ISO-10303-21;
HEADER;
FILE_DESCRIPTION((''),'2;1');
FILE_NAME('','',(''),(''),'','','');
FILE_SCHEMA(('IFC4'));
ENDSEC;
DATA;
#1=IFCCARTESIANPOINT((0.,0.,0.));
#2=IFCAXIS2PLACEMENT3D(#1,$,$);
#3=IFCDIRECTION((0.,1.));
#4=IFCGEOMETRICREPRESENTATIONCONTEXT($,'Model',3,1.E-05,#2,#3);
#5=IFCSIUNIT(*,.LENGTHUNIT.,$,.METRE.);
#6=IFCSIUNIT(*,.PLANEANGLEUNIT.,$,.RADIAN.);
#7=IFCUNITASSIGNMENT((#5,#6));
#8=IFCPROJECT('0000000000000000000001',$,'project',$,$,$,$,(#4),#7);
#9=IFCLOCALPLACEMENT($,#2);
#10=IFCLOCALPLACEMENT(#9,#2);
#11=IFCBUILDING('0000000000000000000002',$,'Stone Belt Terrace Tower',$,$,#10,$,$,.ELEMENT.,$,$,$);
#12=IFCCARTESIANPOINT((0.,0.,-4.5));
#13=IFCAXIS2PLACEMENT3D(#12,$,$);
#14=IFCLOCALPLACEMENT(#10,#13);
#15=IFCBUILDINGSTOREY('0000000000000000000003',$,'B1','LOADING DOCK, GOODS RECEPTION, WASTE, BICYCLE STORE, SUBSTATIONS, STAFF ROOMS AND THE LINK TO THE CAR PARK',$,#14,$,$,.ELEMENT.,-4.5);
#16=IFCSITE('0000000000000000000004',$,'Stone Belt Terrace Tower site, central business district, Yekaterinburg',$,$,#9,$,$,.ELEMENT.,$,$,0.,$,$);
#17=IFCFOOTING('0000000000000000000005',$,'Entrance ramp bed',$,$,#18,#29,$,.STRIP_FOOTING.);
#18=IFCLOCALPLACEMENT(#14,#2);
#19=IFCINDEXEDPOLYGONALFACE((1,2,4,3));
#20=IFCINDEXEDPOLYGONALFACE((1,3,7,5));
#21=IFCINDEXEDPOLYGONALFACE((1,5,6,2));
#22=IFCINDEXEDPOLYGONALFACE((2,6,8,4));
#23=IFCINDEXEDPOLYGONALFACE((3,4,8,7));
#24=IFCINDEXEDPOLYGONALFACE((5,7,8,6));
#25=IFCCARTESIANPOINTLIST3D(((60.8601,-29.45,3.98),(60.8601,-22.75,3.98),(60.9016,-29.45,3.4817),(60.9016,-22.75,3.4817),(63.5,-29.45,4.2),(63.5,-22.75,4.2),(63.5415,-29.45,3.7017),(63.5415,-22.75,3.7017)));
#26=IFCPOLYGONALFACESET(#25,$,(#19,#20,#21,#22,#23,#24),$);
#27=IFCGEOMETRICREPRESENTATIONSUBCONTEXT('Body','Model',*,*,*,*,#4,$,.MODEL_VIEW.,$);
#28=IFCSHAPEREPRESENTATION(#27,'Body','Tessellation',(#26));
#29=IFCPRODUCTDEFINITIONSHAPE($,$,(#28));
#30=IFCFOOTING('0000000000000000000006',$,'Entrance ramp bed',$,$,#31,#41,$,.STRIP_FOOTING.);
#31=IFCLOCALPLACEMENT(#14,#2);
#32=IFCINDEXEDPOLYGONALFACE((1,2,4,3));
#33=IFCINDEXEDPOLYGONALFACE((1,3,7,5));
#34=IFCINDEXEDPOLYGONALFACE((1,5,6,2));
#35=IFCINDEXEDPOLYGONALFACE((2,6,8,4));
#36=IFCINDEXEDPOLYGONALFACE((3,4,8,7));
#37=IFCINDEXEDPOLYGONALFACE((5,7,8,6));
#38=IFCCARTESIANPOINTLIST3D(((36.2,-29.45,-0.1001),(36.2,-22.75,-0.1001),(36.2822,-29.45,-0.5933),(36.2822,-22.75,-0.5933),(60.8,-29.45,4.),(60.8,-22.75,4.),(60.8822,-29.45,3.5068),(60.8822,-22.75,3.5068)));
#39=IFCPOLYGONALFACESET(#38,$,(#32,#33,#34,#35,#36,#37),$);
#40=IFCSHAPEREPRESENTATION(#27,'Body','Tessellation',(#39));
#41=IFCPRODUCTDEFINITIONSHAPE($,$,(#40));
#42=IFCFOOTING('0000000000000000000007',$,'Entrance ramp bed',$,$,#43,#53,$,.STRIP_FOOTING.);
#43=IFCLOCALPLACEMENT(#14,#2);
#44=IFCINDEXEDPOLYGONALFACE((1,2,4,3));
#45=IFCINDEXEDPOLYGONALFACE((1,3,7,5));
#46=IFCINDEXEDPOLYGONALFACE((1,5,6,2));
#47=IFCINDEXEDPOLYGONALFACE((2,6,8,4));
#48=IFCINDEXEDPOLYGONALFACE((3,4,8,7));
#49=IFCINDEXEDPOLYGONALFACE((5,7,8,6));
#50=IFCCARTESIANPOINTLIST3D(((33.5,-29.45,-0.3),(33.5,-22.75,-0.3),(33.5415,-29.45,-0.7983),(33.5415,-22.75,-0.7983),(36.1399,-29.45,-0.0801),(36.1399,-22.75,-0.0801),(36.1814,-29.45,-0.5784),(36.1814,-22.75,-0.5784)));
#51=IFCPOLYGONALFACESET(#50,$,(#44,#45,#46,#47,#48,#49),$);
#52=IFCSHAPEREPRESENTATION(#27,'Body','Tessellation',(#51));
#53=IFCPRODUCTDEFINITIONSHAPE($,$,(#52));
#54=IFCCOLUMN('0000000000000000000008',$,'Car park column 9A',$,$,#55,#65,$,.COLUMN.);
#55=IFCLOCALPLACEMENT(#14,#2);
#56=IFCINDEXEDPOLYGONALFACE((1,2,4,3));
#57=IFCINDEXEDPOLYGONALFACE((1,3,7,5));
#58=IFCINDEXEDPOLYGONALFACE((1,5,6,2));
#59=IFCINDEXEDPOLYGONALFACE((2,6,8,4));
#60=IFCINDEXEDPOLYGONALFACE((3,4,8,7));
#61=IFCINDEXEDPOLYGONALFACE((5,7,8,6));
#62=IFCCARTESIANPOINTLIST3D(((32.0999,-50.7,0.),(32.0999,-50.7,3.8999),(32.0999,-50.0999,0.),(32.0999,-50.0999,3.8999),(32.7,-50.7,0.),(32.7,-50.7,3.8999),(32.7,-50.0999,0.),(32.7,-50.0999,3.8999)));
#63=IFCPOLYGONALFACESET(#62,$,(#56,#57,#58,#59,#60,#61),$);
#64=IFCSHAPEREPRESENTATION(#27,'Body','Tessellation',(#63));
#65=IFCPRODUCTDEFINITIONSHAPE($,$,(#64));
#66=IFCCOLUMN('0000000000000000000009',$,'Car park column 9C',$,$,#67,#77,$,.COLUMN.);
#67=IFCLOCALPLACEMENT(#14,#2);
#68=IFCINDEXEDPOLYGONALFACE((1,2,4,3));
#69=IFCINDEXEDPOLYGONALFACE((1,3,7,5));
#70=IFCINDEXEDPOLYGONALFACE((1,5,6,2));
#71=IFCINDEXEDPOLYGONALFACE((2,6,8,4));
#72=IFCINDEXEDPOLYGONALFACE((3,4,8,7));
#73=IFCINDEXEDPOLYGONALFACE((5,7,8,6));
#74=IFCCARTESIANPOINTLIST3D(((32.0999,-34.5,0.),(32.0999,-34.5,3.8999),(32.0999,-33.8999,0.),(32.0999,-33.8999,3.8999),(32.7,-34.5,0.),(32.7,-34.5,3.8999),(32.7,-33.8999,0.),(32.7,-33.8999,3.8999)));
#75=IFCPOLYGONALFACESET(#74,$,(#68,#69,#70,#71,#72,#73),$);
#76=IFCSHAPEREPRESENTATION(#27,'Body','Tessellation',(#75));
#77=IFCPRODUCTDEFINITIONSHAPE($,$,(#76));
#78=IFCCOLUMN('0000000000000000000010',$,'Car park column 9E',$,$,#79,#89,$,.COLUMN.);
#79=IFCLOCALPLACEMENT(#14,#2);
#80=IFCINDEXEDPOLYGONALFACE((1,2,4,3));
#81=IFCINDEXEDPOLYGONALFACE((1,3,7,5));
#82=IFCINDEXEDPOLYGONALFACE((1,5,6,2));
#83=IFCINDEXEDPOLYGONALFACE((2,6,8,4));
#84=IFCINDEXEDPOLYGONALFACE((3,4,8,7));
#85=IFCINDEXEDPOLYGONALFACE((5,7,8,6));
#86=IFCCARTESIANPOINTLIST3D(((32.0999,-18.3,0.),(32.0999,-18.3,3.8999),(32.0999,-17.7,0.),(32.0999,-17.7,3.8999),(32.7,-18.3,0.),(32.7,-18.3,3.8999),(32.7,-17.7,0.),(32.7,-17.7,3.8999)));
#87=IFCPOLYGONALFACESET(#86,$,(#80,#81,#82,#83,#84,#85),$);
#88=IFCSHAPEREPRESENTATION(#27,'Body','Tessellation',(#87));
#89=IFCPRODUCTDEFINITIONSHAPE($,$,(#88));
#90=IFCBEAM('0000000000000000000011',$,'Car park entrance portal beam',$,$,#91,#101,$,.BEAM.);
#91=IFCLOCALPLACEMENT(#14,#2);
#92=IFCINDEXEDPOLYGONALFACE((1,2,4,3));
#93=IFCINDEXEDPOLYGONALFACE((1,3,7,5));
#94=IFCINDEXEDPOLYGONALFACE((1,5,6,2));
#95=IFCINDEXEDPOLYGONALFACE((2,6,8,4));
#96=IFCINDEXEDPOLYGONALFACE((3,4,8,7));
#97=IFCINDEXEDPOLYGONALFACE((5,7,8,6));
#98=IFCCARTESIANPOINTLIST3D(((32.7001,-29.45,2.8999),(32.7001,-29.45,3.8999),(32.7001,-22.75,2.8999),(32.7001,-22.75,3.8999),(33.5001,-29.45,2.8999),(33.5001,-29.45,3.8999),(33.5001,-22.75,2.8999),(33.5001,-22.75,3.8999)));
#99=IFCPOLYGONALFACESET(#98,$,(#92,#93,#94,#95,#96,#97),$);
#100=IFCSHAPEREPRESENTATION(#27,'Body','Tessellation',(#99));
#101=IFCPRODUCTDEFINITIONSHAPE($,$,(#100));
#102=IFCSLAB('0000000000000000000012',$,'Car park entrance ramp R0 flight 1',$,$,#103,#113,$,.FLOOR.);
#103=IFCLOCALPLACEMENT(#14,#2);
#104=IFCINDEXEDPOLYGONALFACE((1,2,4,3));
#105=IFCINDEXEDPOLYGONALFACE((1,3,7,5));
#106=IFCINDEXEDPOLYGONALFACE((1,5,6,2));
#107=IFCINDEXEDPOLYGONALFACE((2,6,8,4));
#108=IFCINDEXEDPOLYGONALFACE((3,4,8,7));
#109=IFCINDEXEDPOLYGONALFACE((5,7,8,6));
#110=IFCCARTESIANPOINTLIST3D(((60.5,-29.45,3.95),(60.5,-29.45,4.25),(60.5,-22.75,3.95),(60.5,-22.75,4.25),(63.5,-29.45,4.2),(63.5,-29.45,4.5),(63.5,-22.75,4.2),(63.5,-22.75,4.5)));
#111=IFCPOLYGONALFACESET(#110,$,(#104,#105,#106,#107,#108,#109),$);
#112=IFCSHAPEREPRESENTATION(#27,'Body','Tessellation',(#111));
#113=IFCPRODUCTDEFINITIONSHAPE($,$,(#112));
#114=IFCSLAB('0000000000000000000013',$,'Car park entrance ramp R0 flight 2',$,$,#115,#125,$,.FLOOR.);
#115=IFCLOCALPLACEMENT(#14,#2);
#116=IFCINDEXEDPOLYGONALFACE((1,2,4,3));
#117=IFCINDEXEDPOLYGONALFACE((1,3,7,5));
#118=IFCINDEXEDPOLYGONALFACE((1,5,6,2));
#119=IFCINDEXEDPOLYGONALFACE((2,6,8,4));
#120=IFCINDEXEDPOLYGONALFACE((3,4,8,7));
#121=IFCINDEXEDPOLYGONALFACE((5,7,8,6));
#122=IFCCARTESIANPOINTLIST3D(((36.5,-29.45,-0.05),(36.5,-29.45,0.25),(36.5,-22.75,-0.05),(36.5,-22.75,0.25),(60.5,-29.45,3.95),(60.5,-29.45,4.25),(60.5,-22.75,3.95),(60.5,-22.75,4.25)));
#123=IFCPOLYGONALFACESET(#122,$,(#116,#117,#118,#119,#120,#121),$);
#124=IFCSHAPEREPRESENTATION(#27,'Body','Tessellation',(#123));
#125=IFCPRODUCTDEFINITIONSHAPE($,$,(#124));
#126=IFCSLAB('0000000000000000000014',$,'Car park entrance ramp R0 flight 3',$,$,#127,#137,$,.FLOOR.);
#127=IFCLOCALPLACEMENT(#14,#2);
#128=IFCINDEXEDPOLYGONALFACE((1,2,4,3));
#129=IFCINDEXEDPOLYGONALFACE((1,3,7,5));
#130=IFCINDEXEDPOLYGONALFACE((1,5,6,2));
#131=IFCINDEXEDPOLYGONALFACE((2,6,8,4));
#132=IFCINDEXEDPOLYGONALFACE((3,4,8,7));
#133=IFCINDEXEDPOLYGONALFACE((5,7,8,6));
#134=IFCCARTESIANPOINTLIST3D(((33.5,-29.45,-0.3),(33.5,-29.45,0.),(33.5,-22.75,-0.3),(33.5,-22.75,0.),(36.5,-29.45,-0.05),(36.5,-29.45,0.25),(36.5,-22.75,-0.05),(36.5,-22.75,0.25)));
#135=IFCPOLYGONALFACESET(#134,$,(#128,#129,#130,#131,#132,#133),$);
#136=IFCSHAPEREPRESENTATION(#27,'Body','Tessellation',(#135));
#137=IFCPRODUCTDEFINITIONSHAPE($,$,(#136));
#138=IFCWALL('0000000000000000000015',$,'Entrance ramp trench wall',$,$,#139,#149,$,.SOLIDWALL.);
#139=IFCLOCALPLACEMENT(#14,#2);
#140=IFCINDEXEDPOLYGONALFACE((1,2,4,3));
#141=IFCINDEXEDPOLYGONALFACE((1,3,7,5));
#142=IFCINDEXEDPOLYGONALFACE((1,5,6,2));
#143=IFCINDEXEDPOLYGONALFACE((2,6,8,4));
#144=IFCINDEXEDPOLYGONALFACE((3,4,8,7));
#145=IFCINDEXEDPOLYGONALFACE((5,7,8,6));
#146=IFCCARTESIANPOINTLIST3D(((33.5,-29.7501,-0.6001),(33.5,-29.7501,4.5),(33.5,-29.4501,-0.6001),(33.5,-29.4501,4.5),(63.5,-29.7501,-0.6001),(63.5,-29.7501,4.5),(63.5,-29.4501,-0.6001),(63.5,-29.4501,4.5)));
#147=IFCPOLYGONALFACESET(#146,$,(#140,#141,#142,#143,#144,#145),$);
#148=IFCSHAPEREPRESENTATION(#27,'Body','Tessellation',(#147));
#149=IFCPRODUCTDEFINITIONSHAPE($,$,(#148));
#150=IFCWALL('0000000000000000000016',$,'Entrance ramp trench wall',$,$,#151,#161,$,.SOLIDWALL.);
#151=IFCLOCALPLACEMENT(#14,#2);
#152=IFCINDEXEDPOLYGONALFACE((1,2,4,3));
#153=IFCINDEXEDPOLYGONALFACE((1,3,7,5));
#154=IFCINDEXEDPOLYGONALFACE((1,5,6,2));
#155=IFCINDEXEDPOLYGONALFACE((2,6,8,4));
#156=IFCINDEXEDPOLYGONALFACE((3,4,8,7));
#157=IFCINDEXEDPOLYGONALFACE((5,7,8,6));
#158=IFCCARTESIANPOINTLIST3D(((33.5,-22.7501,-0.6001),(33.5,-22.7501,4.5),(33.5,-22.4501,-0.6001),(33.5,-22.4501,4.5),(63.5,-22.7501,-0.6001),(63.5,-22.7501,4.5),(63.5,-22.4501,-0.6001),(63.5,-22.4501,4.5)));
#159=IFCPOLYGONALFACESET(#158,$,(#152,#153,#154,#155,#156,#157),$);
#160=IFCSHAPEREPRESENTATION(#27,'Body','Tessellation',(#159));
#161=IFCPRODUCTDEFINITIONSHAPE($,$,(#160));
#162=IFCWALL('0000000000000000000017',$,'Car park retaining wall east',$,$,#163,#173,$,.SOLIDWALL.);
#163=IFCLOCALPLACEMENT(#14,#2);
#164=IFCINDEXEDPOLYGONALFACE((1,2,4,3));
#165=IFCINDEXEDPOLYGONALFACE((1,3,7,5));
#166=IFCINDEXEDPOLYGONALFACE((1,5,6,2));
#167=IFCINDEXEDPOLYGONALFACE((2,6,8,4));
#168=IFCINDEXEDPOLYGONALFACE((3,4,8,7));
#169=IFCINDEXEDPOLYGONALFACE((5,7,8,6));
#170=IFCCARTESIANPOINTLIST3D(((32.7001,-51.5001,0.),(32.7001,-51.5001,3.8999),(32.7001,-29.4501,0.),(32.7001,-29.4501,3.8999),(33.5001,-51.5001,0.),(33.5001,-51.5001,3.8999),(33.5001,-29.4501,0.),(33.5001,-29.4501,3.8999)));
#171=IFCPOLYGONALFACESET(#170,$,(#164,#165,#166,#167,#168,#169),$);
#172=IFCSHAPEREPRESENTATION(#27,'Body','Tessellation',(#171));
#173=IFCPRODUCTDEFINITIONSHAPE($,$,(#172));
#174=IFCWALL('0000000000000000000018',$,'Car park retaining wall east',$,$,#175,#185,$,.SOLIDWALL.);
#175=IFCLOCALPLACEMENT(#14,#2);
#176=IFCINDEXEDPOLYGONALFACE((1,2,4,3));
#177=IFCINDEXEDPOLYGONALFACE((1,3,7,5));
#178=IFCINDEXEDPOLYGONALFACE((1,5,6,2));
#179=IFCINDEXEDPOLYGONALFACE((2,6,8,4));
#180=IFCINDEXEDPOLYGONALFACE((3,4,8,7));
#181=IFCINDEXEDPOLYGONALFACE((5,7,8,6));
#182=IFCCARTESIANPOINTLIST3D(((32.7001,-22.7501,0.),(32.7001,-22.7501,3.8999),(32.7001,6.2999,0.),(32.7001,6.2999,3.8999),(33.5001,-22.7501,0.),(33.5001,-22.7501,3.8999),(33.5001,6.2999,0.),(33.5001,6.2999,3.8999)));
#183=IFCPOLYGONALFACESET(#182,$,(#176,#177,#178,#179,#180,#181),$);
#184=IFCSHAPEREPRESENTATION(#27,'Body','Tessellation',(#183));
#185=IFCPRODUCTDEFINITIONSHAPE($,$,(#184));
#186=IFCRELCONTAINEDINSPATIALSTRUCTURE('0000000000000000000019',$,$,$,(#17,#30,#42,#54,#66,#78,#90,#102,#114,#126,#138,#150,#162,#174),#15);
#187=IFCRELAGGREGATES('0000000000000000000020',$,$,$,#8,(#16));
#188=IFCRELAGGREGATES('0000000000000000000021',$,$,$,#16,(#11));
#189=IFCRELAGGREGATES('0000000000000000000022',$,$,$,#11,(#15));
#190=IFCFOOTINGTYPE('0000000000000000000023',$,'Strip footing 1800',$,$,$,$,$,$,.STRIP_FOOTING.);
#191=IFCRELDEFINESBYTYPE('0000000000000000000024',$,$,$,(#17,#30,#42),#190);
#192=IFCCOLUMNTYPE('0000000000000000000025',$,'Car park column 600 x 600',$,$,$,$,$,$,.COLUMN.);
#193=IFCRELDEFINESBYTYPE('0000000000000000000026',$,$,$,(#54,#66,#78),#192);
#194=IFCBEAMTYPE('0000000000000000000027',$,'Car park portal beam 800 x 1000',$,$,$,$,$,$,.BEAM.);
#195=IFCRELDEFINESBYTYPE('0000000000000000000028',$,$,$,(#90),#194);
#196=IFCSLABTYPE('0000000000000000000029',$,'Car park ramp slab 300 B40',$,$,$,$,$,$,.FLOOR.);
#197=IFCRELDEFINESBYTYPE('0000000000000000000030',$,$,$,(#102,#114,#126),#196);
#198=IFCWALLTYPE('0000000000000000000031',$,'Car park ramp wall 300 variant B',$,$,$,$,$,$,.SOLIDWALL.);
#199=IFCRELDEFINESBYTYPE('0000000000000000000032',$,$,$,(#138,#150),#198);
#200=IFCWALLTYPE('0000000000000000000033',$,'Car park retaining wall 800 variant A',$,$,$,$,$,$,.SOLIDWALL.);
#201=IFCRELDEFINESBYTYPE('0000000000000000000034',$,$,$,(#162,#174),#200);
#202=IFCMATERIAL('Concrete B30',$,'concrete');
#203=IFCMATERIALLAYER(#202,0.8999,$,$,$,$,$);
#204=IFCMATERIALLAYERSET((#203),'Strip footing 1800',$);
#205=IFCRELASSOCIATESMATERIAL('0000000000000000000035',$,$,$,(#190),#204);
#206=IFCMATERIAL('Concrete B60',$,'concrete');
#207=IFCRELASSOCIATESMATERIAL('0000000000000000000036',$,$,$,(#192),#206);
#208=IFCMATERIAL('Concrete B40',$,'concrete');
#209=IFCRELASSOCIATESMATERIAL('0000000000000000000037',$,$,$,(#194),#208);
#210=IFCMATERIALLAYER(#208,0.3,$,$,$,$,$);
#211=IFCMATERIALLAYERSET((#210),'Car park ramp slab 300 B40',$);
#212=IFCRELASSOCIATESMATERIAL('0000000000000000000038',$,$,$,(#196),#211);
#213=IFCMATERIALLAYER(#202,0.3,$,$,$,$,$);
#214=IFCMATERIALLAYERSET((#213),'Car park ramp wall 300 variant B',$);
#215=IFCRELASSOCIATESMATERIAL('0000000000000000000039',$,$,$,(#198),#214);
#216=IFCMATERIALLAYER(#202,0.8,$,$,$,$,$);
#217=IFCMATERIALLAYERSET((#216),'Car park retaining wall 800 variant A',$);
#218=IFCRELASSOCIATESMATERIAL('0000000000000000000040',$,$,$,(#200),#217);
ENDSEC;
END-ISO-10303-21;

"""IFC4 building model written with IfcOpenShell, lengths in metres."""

from ifc_helpers import new_model, si_unit, direction, frame, frame_2d, origin, origin_2d, place, context, subcontext, project, spatial, polyline, rectangle, outline, extrude, material, layer, layer_set, material_profile, profile_set, type_object, element, save


model = new_model("IFC4")

# Units and contexts
model_context = context("Model", 3, precision=1e-05, world=origin(), true_north=direction((0.0, 1.0)))
body_context = subcontext(model_context, "Body", "Model", "MODEL_VIEW")
ifc_project = project(units=[si_unit("LENGTHUNIT", "METRE"), si_unit("PLANEANGLEUNIT", "RADIAN")], contexts=[model_context])

# Site, building, storey
site_placement = place(None, origin())
site = spatial("IfcSite", under=ifc_project, at=site_placement, Name="Stone Belt Terrace Tower site, central business district, Yekaterinburg", CompositionType="ELEMENT", RefElevation=0.0)
building_placement = place(site_placement, origin())
building = spatial("IfcBuilding", under=site, at=building_placement, Name="Stone Belt Terrace Tower", CompositionType="ELEMENT")
storey_placement = place(building_placement, frame((0.0, 0.0, -4.5)))
storey = spatial("IfcBuildingStorey", under=building, at=storey_placement, Name="B1", Description="LOADING DOCK, GOODS RECEPTION, WASTE, BICYCLE STORE, SUBSTATIONS, STAFF ROOMS AND THE LINK TO THE CAR PARK", CompositionType="ELEMENT", Elevation=-4.5)

# Footings
ifc_material_1 = material(Name="Concrete B30", Category="concrete")
ifc_layer_1 = layer(ifc_material_1, 0.8999)
ifc_layer_set_1 = layer_set([ifc_layer_1], Name="Strip footing 1800")
footing_type = type_object("IfcFootingType", Name="Strip footing 1800", PredefinedType="STRIP_FOOTING", material=ifc_layer_set_1)
footing_1_placement = place(storey_placement, frame((63.5, -29.45, 4.2), z_axis=(-0.083038, 0.0, 0.996546), x_axis=(-0.996546, 0.0, -0.083038)))
element("IfcFooting", 1, at=footing_1_placement, inside=storey, type_object=footing_type, Name="Entrance ramp bed", PredefinedType="STRIP_FOOTING", context=body_context, shape_type="SweptSolid", body=[
    extrude(outline(polyline([(0.0, 0.0), (2.649, 0.0), (2.649, -6.7), (0.0, -6.7), (0.0, 0.0)])), origin(), (0.0, 0.0, -1.0), 0.5),
])
footing_2_placement = place(storey_placement, frame((60.8, -29.45, 4.0), z_axis=(-0.164402, 0.0, 0.986393), x_axis=(-0.986393, 0.0, -0.164402)))
element("IfcFooting", 2, at=footing_2_placement, inside=storey, type_object=footing_type, Name="Entrance ramp bed", PredefinedType="STRIP_FOOTING", context=body_context, shape_type="SweptSolid", body=[
    extrude(outline(polyline([(0.0, 0.0), (24.9394, 0.0), (24.9394, -6.7), (0.0, -6.7), (0.0, 0.0)])), origin(), (0.0, 0.0, -1.0), 0.5),
])
footing_3_placement = place(storey_placement, frame((36.1399, -29.45, -0.0801), z_axis=(-0.083038, 0.0, 0.996546), x_axis=(-0.996546, 0.0, -0.083038)))
element("IfcFooting", 3, at=footing_3_placement, inside=storey, type_object=footing_type, Name="Entrance ramp bed", PredefinedType="STRIP_FOOTING", context=body_context, shape_type="SweptSolid", body=[
    extrude(outline(polyline([(0.0, 0.0), (2.649, 0.0), (2.649, -6.7), (0.0, -6.7), (0.0, 0.0)])), origin(), (0.0, 0.0, -1.0), 0.5),
])

# Columns
ifc_material_2 = material(Name="Concrete B60", Category="concrete")
ifc_material_profile_1 = material_profile(ifc_material_2, rectangle(XDim=0.6001, YDim=0.6001, at=origin_2d()), Name="Car park column 600 x 600")
ifc_profile_set_1 = profile_set([ifc_material_profile_1], Name="Concrete B60")
column_type = type_object("IfcColumnType", Name="Car park column 600 x 600", PredefinedType="COLUMN", material=ifc_profile_set_1)
for number, where, z_axis, x_axis, name in (
    (4, (32.3999, -50.3999, 0.0), (0.0, 0.0, 1.0), (1.0, 0.0, 0.0), "Car park column 9A"),
    (5, (32.3999, -34.2, 0.0), (0.0, 0.0, 1.0), (1.0, 0.0, 0.0), "Car park column 9C"),
    (6, (32.3999, -18.0, 0.0), (0.0, 0.0, 1.0), (1.0, 0.0, 0.0), "Car park column 9E"),
):
    element("IfcColumn", number, at=place(storey_placement, frame(where, z_axis=z_axis, x_axis=x_axis)), inside=storey, type_object=column_type, Name=name, PredefinedType="COLUMN", context=body_context, shape_type="SweptSolid", body=[
        extrude(rectangle(XDim=0.6001, YDim=0.6001, at=origin_2d()), origin(), (0.0, 0.0, 1.0), 3.8999),
    ])

# Beam
ifc_material_3 = material(Name="Concrete B40", Category="concrete")
ifc_material_profile_2 = material_profile(ifc_material_3, rectangle(XDim=0.8, YDim=1.0, at=origin_2d()), Name="Car park portal beam 800 x 1000")
ifc_profile_set_2 = profile_set([ifc_material_profile_2], Name="Concrete B40")
beam_type = type_object("IfcBeamType", Name="Car park portal beam 800 x 1000", PredefinedType="BEAM", material=ifc_profile_set_2)
beam_placement = place(storey_placement, frame((33.1001, -29.45, 3.3999), z_axis=(0.0, 1.0, 0.0), x_axis=(-1.0, 0.0, 0.0)))
element("IfcBeam", 7, at=beam_placement, inside=storey, type_object=beam_type, Name="Car park entrance portal beam", PredefinedType="BEAM", context=body_context, shape_type="SweptSolid", body=[
    extrude(rectangle(XDim=0.8, YDim=1.0, at=origin_2d()), origin(), (0.0, 0.0, 1.0), 6.7),
])

# Slabs
ifc_layer_2 = layer(ifc_material_3, 0.3)
ifc_layer_set_2 = layer_set([ifc_layer_2], Name="Car park ramp slab 300 B40")
slab_type = type_object("IfcSlabType", Name="Car park ramp slab 300 B40", PredefinedType="FLOOR", material=ifc_layer_set_2)
slab_1_placement = place(storey_placement, frame((63.5, -29.45, 4.5), z_axis=(0.0, -1.0, 0.0), x_axis=(-0.996546, 0.0, -0.083045)))
element("IfcSlab", 8, at=slab_1_placement, inside=storey, type_object=slab_type, Name="Car park entrance ramp R0 flight 1", PredefinedType="FLOOR", context=body_context, shape_type="SweptSolid", body=[
    extrude(outline(polyline([(0.0, 0.0), (3.0104, 0.0), (3.0353, 0.299), (0.0249, 0.299), (0.0, 0.0)])), origin(), (0.0, 0.0, -1.0), 6.7),
])
slab_2_placement = place(storey_placement, frame((60.5, -29.45, 4.25), z_axis=(0.0, -1.0, 0.0), x_axis=(-0.986394, 0.0, -0.164399)))
element("IfcSlab", 9, at=slab_2_placement, inside=storey, type_object=slab_type, Name="Car park entrance ramp R0 flight 2", PredefinedType="FLOOR", context=body_context, shape_type="SweptSolid", body=[
    extrude(outline(polyline([(0.0, 0.0), (24.3311, 0.0), (24.3804, 0.296), (0.0493, 0.296), (0.0, 0.0)])), origin(), (0.0, 0.0, -1.0), 6.7),
])
slab_3_placement = place(storey_placement, frame((36.5, -29.45, 0.25), z_axis=(0.0, -1.0, 0.0), x_axis=(-0.996546, 0.0, -0.083045)))
element("IfcSlab", 10, at=slab_3_placement, inside=storey, type_object=slab_type, Name="Car park entrance ramp R0 flight 3", PredefinedType="FLOOR", context=body_context, shape_type="SweptSolid", body=[
    extrude(outline(polyline([(0.0, 0.0), (3.0104, 0.0), (3.0353, 0.299), (0.0249, 0.299), (0.0, 0.0)])), origin(), (0.0, 0.0, -1.0), 6.7),
])

# Walls
ifc_layer_3 = layer(ifc_material_1, 0.3)
ifc_layer_set_3 = layer_set([ifc_layer_3], Name="Car park ramp wall 300 variant B")
wall_type_1 = type_object("IfcWallType", Name="Car park ramp wall 300 variant B", PredefinedType="SOLIDWALL", material=ifc_layer_set_3)
for number, where, z_axis, x_axis, name in (
    (11, (33.5, -29.6001, -0.6001), (0.0, 0.0, 1.0), (1.0, 0.0, 0.0), "Entrance ramp trench wall"),
    (12, (33.5, -22.6001, -0.6001), (0.0, 0.0, 1.0), (1.0, 0.0, 0.0), "Entrance ramp trench wall"),
):
    element("IfcWall", number, at=place(storey_placement, frame(where, z_axis=z_axis, x_axis=x_axis)), inside=storey, type_object=wall_type_1, Name=name, PredefinedType="SOLIDWALL", context=body_context, shape_type="SweptSolid", body=[
        extrude(rectangle(XDim=30.0, YDim=0.3, at=frame_2d((15.0, 0.0))), origin(), (0.0, 0.0, 1.0), 5.1001),
    ])
ifc_layer_4 = layer(ifc_material_1, 0.8)
ifc_layer_set_4 = layer_set([ifc_layer_4], Name="Car park retaining wall 800 variant A")
wall_type_2 = type_object("IfcWallType", Name="Car park retaining wall 800 variant A", PredefinedType="SOLIDWALL", material=ifc_layer_set_4)
wall_1_placement = place(storey_placement, frame((33.1001, -51.5, 0.0), z_axis=(0.0, 0.0, 1.0), x_axis=(0.0, 1.0, 0.0)))
element("IfcWall", 13, at=wall_1_placement, inside=storey, type_object=wall_type_2, Name="Car park retaining wall east", PredefinedType="SOLIDWALL", context=body_context, shape_type="SweptSolid", body=[
    extrude(rectangle(XDim=22.05, YDim=0.8, at=frame_2d((11.0249, 0.0))), origin(), (0.0, 0.0, 1.0), 3.8999),
])
wall_2_placement = place(storey_placement, frame((33.1001, -22.75, 0.0), z_axis=(0.0, 0.0, 1.0), x_axis=(0.0, 1.0, 0.0)))
element("IfcWall", 14, at=wall_2_placement, inside=storey, type_object=wall_type_2, Name="Car park retaining wall east", PredefinedType="SOLIDWALL", context=body_context, shape_type="SweptSolid", body=[
    extrude(rectangle(XDim=29.05, YDim=0.8, at=frame_2d((14.5249, 0.0))), origin(), (0.0, 0.0, 1.0), 3.8999),
])

save(model, "model.ifc")
